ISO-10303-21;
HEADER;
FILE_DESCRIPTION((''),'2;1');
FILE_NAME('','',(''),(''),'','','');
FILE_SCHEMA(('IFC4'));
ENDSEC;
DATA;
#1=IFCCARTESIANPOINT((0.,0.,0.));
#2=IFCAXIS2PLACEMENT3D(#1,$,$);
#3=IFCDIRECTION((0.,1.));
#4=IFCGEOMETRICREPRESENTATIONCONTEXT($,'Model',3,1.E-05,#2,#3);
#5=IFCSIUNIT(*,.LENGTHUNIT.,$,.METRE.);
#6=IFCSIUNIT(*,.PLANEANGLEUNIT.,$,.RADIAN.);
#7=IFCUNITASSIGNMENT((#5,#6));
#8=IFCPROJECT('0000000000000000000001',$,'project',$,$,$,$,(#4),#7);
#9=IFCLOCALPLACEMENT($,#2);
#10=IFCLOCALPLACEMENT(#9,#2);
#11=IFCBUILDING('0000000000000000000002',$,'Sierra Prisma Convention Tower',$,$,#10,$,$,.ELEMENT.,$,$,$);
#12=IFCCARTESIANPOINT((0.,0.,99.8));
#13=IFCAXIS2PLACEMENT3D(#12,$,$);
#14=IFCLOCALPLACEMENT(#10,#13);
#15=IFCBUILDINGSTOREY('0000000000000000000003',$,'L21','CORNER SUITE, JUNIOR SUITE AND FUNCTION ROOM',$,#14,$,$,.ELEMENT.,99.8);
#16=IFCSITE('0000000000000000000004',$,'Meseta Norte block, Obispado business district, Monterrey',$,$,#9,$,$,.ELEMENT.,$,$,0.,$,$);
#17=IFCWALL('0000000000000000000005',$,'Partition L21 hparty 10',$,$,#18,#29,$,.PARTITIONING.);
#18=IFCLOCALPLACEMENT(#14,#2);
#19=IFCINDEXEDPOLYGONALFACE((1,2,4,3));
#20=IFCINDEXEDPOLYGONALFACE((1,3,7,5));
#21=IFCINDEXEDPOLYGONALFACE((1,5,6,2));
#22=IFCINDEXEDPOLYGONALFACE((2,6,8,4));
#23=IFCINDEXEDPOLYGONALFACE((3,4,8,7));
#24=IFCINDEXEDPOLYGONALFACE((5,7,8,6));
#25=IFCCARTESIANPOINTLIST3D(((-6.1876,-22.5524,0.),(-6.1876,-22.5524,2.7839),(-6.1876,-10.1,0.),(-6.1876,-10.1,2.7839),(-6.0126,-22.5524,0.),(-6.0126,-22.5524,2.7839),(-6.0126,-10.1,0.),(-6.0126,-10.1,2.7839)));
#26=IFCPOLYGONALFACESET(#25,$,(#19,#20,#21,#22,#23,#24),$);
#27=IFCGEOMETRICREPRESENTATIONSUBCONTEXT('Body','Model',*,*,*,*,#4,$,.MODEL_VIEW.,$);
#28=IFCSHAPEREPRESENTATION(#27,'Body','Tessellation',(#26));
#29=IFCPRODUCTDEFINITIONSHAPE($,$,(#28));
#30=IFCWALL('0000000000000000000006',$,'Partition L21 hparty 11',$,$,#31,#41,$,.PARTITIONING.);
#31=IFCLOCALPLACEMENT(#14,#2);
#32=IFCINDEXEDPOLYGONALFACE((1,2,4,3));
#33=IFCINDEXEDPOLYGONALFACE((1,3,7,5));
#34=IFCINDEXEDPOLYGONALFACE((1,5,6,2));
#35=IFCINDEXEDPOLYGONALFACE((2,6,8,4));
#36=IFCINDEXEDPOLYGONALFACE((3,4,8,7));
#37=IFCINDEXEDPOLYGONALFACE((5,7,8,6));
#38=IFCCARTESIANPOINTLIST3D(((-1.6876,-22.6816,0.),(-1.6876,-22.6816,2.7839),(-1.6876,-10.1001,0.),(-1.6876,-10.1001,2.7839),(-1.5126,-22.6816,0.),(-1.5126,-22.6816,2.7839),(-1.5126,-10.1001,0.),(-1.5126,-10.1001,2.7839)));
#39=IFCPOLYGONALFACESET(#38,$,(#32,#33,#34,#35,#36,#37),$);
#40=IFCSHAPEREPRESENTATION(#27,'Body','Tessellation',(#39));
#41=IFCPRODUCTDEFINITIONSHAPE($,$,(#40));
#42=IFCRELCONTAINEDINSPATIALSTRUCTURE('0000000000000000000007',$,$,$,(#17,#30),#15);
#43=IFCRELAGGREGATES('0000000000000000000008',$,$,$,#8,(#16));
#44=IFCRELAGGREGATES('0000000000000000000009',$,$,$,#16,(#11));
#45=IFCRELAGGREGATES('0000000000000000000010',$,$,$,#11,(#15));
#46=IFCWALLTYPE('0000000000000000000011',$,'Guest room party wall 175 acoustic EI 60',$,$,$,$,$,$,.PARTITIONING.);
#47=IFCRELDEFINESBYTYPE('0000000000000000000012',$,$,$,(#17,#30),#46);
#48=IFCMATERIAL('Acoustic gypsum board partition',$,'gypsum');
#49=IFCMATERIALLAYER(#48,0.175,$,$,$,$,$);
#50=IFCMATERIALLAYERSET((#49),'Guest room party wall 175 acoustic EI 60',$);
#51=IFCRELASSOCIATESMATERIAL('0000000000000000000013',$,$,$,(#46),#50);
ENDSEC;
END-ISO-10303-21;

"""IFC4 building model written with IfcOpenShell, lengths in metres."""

from ifc_helpers import new_model, si_unit, direction, frame, frame_2d, origin, place, context, subcontext, project, spatial, rectangle, extrude, material, layer, layer_set, type_object, element, save


model = new_model("IFC4")

# Units and contexts
model_context = context("Model", 3, precision=1e-05, world=origin(), true_north=direction((0.0, 1.0)))
body_context = subcontext(model_context, "Body", "Model", "MODEL_VIEW")
ifc_project = project(units=[si_unit("LENGTHUNIT", "METRE"), si_unit("PLANEANGLEUNIT", "RADIAN")], contexts=[model_context])

# Site, building, storey
site_placement = place(None, origin())
site = spatial("IfcSite", under=ifc_project, at=site_placement, Name="Meseta Norte block, Obispado business district, Monterrey", CompositionType="ELEMENT", RefElevation=0.0)
building_placement = place(site_placement, origin())
building = spatial("IfcBuilding", under=site, at=building_placement, Name="Sierra Prisma Convention Tower", CompositionType="ELEMENT")
storey_placement = place(building_placement, frame((0.0, 0.0, 99.8)))
storey = spatial("IfcBuildingStorey", under=building, at=storey_placement, Name="L21", Description="CORNER SUITE, JUNIOR SUITE AND FUNCTION ROOM", CompositionType="ELEMENT", Elevation=99.8)

# Walls
ifc_material_1 = material(Name="Acoustic gypsum board partition", Category="gypsum")
ifc_layer_1 = layer(ifc_material_1, 0.175)
ifc_layer_set_1 = layer_set([ifc_layer_1], Name="Guest room party wall 175 acoustic EI 60")
wall_type_1 = type_object("IfcWallType", Name="Guest room party wall 175 acoustic EI 60", PredefinedType="PARTITIONING", material=ifc_layer_set_1)
wall_1_placement = place(storey_placement, frame((-6.1001, -10.1001, 0.0), z_axis=(0.0, 0.0, 1.0), x_axis=(0.0, -1.0, 0.0)))
element("IfcWall", 1, at=wall_1_placement, inside=storey, type_object=wall_type_1, Name="Partition L21 hparty 10", PredefinedType="PARTITIONING", context=body_context, shape_type="SweptSolid", body=[
    extrude(rectangle(XDim=12.4524, YDim=0.175, at=frame_2d((6.2261, 0.0))), origin(), (0.0, 0.0, 1.0), 2.7839),
])
wall_2_placement = place(storey_placement, frame((-1.6001, -10.1001, 0.0), z_axis=(0.0, 0.0, 1.0), x_axis=(0.0, -1.0, 0.0)))
element("IfcWall", 2, at=wall_2_placement, inside=storey, type_object=wall_type_1, Name="Partition L21 hparty 11", PredefinedType="PARTITIONING", context=body_context, shape_type="SweptSolid", body=[
    extrude(rectangle(XDim=12.5815, YDim=0.175, at=frame_2d((6.2908, 0.0))), origin(), (0.0, 0.0, 1.0), 2.7839),
])

save(model, "model.ifc")
